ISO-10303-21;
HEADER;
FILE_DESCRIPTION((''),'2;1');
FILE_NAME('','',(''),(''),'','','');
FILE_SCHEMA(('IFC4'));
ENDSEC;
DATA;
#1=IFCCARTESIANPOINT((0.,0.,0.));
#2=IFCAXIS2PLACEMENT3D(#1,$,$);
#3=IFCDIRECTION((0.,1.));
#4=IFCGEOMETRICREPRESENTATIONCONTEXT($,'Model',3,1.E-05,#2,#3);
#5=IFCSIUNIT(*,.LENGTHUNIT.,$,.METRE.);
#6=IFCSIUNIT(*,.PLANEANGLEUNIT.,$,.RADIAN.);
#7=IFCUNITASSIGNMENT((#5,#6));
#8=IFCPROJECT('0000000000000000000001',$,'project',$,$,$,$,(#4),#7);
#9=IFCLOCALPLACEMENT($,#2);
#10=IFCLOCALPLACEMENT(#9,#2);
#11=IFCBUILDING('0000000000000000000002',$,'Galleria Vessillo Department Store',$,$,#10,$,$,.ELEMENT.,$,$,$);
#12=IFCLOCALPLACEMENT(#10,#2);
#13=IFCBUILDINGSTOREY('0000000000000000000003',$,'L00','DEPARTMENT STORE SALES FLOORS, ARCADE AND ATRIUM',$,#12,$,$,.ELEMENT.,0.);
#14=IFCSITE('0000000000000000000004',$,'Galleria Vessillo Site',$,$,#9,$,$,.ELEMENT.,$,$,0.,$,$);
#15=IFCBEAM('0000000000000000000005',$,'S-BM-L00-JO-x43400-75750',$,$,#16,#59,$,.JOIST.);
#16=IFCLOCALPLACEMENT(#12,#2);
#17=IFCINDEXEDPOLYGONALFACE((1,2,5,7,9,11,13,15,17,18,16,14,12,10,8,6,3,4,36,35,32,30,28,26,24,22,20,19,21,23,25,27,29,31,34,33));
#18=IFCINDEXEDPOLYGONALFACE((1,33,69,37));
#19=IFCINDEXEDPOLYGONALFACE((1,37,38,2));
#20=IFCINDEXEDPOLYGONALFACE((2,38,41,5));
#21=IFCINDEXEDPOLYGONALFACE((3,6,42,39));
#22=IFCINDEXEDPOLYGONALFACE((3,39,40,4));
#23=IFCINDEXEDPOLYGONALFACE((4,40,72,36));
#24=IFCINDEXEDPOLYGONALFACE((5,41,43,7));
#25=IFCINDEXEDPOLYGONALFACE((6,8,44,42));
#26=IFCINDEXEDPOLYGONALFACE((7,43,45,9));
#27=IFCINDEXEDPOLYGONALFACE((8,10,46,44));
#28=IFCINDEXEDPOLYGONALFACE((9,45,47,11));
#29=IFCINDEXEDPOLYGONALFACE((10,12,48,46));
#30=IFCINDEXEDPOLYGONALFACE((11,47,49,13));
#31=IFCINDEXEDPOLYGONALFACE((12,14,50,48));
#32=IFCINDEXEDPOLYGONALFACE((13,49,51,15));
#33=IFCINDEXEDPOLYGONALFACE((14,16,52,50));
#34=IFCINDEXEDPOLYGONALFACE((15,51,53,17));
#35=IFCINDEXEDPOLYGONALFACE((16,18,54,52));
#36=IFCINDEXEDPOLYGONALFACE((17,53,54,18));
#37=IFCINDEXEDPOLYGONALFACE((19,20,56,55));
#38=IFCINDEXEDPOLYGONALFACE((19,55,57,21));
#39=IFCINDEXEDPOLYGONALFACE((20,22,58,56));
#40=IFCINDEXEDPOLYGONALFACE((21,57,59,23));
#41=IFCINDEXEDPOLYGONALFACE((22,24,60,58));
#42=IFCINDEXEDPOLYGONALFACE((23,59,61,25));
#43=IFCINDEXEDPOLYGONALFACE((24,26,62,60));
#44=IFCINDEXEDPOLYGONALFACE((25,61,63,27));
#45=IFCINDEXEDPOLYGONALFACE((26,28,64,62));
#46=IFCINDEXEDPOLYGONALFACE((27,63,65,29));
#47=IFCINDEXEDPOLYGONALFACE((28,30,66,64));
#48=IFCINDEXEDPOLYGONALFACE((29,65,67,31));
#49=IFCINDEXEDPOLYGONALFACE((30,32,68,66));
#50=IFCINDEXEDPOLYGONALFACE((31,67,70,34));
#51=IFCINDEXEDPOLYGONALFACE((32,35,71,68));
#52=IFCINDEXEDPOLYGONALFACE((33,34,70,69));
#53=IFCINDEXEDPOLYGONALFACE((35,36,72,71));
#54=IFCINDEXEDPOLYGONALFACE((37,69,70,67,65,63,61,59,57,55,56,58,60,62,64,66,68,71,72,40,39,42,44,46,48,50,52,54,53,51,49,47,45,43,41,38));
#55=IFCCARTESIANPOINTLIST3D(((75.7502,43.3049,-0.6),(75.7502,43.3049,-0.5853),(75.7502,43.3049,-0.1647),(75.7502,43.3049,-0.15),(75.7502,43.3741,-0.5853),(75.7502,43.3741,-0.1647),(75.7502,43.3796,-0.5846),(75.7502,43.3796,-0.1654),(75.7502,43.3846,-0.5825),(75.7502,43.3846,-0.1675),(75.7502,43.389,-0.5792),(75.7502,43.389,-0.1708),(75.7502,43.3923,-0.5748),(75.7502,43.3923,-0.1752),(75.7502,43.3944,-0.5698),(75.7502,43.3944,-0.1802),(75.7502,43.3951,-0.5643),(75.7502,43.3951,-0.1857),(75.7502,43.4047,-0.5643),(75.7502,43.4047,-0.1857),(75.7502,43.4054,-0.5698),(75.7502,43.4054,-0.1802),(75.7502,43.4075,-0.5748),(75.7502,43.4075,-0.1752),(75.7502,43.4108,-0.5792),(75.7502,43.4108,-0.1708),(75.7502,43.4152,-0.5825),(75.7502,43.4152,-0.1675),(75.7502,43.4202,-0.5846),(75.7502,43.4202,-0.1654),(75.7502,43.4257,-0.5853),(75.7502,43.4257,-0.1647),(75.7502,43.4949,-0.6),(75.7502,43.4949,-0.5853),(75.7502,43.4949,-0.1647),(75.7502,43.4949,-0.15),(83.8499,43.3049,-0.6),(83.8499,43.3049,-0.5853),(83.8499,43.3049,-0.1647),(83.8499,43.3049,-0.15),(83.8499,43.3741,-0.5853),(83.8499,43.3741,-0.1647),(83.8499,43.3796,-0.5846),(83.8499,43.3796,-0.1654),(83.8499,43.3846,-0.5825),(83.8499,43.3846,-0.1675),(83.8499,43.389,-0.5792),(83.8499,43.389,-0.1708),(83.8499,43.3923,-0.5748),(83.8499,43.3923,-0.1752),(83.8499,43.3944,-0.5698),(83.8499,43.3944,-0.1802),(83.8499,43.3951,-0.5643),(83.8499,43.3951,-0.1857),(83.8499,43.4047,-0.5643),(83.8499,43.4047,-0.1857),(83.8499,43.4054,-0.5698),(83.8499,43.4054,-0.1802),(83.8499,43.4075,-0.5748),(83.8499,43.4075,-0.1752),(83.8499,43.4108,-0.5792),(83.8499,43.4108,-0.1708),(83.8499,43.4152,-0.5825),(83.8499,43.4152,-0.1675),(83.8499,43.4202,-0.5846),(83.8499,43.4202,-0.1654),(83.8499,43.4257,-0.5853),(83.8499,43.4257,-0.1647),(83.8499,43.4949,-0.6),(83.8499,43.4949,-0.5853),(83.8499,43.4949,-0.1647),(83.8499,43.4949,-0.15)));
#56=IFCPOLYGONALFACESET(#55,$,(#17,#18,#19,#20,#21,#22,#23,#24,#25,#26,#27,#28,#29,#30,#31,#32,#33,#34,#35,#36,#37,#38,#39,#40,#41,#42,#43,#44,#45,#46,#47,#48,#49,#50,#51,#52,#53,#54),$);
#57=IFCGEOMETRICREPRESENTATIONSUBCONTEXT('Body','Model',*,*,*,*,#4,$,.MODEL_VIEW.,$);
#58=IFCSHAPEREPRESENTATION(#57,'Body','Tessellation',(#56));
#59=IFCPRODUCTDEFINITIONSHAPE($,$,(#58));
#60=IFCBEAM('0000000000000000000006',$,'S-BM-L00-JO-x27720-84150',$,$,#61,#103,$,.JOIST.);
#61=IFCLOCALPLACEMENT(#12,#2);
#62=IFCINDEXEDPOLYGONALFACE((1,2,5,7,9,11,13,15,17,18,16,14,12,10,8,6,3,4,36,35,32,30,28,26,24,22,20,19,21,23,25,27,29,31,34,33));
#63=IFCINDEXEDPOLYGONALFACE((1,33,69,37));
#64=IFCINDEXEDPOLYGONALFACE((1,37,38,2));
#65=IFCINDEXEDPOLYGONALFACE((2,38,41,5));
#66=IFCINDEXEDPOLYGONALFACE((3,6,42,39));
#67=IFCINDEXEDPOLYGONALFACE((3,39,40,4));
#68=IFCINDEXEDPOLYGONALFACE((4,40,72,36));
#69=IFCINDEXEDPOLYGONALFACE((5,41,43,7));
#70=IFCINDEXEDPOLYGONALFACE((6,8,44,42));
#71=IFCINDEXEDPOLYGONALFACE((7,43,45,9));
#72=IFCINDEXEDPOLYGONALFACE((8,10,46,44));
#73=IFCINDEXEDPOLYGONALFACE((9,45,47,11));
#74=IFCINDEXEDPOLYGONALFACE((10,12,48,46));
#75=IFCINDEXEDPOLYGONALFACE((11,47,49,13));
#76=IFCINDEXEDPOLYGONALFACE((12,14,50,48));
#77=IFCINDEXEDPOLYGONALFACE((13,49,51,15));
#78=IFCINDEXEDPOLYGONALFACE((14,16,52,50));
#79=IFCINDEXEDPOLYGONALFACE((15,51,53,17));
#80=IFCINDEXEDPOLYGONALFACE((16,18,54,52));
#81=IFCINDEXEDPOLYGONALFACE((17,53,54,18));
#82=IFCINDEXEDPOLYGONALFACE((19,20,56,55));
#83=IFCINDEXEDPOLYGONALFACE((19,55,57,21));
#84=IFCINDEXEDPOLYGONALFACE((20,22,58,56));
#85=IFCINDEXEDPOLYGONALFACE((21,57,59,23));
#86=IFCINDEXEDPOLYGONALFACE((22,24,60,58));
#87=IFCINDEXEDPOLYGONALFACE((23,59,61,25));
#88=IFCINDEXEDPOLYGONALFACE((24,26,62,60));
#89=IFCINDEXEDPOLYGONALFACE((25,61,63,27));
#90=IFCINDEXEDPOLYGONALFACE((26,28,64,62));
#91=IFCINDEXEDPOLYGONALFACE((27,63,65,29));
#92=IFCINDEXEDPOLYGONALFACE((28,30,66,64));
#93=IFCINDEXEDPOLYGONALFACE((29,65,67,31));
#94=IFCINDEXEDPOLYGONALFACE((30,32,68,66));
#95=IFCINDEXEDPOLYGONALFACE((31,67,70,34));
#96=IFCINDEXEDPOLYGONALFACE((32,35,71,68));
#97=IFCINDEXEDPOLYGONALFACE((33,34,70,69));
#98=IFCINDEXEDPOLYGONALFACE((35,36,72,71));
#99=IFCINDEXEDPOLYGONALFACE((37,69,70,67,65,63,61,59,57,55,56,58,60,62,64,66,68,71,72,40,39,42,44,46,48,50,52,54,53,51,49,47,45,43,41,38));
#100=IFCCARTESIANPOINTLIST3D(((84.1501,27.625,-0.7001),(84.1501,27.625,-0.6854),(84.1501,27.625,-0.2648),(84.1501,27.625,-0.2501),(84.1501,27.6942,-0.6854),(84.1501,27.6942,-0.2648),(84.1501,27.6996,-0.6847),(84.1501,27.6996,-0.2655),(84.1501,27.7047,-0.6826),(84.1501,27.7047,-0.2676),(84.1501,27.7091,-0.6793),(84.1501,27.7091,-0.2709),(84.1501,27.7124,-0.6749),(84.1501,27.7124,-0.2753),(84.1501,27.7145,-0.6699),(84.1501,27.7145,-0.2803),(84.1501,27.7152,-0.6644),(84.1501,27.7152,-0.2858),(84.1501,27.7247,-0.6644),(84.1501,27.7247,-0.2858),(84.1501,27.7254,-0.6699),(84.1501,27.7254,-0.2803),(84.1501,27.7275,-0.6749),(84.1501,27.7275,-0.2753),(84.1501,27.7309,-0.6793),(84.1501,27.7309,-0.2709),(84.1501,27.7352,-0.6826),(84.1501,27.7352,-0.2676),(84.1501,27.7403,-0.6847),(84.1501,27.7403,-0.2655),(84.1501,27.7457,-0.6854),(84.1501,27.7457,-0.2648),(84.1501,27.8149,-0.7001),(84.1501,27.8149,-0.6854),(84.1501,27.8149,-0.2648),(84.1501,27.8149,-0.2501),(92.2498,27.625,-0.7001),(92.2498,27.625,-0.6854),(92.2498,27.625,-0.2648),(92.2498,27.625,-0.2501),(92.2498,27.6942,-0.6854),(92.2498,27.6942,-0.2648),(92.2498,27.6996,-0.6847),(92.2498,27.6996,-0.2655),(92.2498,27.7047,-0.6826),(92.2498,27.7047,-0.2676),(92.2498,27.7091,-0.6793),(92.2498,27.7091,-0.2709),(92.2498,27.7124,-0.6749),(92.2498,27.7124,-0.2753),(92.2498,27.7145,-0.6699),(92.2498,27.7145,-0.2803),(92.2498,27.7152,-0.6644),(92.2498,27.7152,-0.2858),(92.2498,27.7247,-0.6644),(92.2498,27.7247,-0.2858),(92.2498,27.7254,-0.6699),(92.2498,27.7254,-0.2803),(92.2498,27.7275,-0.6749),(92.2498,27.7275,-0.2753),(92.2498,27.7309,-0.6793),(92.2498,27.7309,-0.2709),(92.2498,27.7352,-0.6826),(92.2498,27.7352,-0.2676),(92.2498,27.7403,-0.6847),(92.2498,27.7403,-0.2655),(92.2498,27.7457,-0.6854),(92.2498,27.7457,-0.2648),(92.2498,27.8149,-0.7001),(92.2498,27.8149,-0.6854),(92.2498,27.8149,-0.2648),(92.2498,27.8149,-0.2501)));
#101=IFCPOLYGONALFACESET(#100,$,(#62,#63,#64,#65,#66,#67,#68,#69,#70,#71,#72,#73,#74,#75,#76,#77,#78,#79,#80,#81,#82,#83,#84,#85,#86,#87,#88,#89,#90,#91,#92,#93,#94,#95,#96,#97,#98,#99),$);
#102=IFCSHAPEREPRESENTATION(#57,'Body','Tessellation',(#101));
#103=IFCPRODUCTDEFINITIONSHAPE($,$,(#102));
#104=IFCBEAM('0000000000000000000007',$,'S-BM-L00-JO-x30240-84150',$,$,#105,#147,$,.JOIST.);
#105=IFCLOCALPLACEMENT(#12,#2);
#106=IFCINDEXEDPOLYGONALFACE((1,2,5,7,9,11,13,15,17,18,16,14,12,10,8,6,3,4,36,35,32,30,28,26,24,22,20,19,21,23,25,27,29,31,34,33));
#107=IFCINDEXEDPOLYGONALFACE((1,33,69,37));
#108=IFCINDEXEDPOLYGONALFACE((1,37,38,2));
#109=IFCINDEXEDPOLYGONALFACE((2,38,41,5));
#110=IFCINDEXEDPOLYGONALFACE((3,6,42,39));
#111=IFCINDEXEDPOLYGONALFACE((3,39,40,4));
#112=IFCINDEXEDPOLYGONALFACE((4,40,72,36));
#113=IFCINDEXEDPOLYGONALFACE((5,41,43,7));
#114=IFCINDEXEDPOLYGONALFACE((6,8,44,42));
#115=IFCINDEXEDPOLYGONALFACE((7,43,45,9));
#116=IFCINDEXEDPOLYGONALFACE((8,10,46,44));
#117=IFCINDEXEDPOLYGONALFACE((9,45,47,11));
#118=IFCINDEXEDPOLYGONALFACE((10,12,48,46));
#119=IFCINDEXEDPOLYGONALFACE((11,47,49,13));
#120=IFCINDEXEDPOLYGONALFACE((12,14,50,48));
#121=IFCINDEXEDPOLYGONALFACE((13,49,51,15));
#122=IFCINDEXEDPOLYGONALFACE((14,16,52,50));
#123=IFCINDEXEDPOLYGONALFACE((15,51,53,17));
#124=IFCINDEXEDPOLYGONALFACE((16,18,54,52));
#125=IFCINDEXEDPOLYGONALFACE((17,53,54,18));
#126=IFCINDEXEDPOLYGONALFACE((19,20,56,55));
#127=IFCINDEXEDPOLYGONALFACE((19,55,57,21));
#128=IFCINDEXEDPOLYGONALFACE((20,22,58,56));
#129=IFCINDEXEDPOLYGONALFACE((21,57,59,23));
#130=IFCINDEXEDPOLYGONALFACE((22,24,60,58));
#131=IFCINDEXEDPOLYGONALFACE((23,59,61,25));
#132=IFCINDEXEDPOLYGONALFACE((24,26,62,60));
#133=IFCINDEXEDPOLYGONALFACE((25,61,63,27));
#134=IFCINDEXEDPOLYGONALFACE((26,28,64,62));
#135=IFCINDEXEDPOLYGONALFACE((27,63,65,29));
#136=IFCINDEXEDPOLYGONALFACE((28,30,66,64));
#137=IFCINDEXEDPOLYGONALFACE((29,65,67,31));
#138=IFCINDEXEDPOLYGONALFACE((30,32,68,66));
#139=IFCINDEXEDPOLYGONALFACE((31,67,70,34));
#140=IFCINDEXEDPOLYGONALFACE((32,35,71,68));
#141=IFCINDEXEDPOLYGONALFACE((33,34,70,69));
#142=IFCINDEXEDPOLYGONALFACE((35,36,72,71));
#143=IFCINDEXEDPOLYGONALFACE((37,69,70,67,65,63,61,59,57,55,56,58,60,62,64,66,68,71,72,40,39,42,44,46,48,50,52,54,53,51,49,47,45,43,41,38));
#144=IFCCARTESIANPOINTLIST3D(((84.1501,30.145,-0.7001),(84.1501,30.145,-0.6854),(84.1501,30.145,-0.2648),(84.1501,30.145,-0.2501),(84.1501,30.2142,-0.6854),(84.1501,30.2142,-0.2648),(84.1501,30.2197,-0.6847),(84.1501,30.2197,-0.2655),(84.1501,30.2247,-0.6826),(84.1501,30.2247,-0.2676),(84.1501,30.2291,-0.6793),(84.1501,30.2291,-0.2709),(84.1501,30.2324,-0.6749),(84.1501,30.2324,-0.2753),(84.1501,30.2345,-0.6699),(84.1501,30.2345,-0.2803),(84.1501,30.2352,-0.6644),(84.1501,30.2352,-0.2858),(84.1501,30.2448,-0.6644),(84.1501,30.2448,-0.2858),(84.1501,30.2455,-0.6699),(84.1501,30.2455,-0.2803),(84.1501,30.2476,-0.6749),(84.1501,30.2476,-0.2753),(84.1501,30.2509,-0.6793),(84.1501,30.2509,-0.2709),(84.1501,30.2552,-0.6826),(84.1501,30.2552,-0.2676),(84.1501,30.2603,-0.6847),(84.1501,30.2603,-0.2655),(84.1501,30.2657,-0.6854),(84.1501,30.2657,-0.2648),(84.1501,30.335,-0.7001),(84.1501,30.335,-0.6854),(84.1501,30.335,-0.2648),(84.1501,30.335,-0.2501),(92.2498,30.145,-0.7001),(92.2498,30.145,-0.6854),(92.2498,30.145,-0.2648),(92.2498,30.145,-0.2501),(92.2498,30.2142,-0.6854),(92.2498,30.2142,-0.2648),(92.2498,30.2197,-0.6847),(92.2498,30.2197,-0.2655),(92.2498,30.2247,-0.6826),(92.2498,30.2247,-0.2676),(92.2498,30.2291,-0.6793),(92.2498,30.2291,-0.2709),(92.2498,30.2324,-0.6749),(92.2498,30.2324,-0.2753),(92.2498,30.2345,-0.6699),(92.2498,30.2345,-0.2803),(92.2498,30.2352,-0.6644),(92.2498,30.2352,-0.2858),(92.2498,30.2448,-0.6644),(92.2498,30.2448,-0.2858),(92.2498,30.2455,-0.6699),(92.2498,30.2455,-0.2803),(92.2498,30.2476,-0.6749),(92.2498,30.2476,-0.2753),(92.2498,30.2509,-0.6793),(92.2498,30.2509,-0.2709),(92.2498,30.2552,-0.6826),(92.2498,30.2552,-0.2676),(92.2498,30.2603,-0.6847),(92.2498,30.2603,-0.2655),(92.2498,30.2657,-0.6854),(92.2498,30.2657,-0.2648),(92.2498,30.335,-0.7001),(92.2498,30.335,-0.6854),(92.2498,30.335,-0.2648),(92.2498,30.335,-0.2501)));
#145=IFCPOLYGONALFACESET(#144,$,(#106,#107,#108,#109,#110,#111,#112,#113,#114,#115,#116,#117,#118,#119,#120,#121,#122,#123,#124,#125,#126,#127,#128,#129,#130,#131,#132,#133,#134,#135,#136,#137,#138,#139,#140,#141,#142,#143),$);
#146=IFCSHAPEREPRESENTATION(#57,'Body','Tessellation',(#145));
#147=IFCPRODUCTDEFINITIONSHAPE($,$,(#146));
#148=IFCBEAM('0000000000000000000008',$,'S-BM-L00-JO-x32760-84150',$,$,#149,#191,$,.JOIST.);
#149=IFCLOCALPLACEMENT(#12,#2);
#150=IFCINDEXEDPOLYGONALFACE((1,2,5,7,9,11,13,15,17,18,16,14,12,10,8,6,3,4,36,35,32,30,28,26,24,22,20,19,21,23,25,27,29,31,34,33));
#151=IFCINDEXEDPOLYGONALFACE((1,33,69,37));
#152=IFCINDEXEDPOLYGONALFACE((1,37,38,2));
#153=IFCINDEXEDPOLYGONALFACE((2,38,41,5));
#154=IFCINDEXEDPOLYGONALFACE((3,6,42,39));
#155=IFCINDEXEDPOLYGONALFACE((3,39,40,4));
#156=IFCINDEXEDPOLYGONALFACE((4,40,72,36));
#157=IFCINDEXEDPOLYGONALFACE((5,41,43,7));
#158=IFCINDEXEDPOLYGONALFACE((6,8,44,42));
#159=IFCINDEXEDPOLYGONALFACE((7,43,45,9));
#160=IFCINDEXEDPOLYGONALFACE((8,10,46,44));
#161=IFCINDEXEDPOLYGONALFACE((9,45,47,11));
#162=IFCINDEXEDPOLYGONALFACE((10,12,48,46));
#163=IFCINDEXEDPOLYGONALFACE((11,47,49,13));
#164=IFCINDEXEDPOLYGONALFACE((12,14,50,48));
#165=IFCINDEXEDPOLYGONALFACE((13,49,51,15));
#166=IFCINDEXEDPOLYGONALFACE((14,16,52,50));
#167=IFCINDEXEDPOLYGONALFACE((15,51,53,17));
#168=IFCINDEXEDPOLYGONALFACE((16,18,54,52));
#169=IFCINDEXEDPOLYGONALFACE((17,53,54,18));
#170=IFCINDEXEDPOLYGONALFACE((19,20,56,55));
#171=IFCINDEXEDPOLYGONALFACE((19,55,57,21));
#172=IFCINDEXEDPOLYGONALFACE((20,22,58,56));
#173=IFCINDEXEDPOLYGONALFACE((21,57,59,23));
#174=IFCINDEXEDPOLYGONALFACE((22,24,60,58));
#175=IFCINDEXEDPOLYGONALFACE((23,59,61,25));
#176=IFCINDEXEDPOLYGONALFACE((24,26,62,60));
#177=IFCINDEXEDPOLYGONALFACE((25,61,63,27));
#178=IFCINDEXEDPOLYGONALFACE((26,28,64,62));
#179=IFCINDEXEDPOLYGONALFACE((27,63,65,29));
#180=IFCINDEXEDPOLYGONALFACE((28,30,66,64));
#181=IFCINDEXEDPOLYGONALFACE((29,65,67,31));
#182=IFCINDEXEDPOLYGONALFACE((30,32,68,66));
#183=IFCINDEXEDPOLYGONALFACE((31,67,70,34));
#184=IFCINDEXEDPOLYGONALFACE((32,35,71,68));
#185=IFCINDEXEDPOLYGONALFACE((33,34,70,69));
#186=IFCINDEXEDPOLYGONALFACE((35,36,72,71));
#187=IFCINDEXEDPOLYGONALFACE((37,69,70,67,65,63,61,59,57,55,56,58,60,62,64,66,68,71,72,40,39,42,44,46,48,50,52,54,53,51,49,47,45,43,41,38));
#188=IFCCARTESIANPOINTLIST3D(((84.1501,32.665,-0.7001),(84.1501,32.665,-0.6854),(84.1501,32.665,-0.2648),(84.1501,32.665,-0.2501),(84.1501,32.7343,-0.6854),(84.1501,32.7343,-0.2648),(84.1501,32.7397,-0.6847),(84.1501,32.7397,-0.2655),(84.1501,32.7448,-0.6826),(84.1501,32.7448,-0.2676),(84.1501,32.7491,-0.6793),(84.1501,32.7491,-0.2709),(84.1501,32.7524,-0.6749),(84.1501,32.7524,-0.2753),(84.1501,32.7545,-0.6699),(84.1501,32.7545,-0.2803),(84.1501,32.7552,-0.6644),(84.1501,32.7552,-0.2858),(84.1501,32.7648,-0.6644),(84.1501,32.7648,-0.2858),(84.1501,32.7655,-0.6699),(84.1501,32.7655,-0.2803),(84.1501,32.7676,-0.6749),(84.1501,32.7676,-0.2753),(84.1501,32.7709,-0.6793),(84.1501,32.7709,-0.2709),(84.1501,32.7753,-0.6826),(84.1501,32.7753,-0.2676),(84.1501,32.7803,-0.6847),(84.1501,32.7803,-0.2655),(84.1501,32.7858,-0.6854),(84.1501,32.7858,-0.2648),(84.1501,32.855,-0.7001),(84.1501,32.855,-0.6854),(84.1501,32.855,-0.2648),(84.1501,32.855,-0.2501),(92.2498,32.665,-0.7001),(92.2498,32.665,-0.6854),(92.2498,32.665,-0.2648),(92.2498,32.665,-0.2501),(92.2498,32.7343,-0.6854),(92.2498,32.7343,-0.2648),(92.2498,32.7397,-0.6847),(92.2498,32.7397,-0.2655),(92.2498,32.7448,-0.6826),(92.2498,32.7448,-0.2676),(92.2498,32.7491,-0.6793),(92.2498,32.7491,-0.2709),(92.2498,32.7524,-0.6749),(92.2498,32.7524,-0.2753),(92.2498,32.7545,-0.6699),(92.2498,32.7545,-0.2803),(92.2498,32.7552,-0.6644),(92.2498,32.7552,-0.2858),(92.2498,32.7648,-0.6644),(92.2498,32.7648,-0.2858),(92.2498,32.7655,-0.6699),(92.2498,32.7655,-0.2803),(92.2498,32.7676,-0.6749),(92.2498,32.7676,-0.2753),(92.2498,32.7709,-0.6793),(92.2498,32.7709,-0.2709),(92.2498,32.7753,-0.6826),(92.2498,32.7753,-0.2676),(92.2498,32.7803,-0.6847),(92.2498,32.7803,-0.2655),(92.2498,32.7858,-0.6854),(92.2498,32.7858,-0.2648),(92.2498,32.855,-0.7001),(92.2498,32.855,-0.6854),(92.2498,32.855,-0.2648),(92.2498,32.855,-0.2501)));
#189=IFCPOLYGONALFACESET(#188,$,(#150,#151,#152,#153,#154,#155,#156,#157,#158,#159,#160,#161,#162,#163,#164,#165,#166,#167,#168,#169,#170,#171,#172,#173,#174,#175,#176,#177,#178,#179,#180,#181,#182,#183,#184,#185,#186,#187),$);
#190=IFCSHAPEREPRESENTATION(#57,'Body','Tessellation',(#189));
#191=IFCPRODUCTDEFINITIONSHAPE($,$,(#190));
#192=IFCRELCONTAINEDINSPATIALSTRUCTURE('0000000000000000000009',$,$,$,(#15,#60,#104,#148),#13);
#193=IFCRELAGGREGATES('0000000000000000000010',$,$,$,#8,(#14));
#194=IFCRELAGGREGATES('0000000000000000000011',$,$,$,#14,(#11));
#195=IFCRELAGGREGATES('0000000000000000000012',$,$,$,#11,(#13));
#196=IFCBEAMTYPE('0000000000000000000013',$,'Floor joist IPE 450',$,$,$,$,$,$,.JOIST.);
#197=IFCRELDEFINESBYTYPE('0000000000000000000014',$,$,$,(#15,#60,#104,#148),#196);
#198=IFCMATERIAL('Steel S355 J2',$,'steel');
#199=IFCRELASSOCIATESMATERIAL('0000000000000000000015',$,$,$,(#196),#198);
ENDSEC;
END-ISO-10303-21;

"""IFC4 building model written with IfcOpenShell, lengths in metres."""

from ifc_helpers import new_model, si_unit, direction, frame, origin, origin_2d, place, context, subcontext, project, spatial, i_section, extrude, material, material_profile, profile_set, type_object, element, save


model = new_model("IFC4")

# Units and contexts
model_context = context("Model", 3, precision=1e-05, world=origin(), true_north=direction((0.0, 1.0)))
body_context = subcontext(model_context, "Body", "Model", "MODEL_VIEW")
ifc_project = project(units=[si_unit("LENGTHUNIT", "METRE"), si_unit("PLANEANGLEUNIT", "RADIAN")], contexts=[model_context])

# Site, building, storey
site_placement = place(None, origin())
site = spatial("IfcSite", under=ifc_project, at=site_placement, Name="Galleria Vessillo Site", CompositionType="ELEMENT", RefElevation=0.0)
building_placement = place(site_placement, origin())
building = spatial("IfcBuilding", under=site, at=building_placement, Name="Galleria Vessillo Department Store", CompositionType="ELEMENT")
storey_placement = place(building_placement, origin())
storey = spatial("IfcBuildingStorey", under=building, at=storey_placement, Name="L00", Description="DEPARTMENT STORE SALES FLOORS, ARCADE AND ATRIUM", CompositionType="ELEMENT", Elevation=0.0)

# Beams
ifc_material_1 = material(Name="Steel S355 J2", Category="steel")
ifc_material_profile_1 = material_profile(ifc_material_1, i_section(OverallWidth=0.1899, OverallDepth=0.45, WebThickness=0.0095, FlangeThickness=0.0146, FilletRadius=0.021, at=origin_2d()), Name="IPE 450")
ifc_profile_set_1 = profile_set([ifc_material_profile_1], Name="Steel S355 J2")
beam_type_1 = type_object("IfcBeamType", Name="Floor joist IPE 450", PredefinedType="JOIST", material=ifc_profile_set_1)
for number, where, z_axis, x_axis, name in (
    (1, (75.7502, 43.3999, -0.375), (1.0, 0.0, 0.0), (0.0, 1.0, 0.0), "S-BM-L00-JO-x43400-75750"),
    (2, (84.1501, 27.72, -0.4751), (1.0, 0.0, 0.0), (0.0, 1.0, 0.0), "S-BM-L00-JO-x27720-84150"),
    (3, (84.1501, 30.24, -0.4751), (1.0, 0.0, 0.0), (0.0, 1.0, 0.0), "S-BM-L00-JO-x30240-84150"),
    (4, (84.1501, 32.76, -0.4751), (1.0, 0.0, 0.0), (0.0, 1.0, 0.0), "S-BM-L00-JO-x32760-84150"),
):
    element("IfcBeam", number, at=place(storey_placement, frame(where, z_axis=z_axis, x_axis=x_axis)), inside=storey, type_object=beam_type_1, Name=name, PredefinedType="JOIST", context=body_context, shape_type="SweptSolid", body=[
        extrude(i_section(OverallWidth=0.1899, OverallDepth=0.45, WebThickness=0.0095, FlangeThickness=0.0146, FilletRadius=0.021, at=origin_2d()), origin(), (0.0, 0.0, 1.0), 8.0996),
    ])

save(model, "model.ifc")
